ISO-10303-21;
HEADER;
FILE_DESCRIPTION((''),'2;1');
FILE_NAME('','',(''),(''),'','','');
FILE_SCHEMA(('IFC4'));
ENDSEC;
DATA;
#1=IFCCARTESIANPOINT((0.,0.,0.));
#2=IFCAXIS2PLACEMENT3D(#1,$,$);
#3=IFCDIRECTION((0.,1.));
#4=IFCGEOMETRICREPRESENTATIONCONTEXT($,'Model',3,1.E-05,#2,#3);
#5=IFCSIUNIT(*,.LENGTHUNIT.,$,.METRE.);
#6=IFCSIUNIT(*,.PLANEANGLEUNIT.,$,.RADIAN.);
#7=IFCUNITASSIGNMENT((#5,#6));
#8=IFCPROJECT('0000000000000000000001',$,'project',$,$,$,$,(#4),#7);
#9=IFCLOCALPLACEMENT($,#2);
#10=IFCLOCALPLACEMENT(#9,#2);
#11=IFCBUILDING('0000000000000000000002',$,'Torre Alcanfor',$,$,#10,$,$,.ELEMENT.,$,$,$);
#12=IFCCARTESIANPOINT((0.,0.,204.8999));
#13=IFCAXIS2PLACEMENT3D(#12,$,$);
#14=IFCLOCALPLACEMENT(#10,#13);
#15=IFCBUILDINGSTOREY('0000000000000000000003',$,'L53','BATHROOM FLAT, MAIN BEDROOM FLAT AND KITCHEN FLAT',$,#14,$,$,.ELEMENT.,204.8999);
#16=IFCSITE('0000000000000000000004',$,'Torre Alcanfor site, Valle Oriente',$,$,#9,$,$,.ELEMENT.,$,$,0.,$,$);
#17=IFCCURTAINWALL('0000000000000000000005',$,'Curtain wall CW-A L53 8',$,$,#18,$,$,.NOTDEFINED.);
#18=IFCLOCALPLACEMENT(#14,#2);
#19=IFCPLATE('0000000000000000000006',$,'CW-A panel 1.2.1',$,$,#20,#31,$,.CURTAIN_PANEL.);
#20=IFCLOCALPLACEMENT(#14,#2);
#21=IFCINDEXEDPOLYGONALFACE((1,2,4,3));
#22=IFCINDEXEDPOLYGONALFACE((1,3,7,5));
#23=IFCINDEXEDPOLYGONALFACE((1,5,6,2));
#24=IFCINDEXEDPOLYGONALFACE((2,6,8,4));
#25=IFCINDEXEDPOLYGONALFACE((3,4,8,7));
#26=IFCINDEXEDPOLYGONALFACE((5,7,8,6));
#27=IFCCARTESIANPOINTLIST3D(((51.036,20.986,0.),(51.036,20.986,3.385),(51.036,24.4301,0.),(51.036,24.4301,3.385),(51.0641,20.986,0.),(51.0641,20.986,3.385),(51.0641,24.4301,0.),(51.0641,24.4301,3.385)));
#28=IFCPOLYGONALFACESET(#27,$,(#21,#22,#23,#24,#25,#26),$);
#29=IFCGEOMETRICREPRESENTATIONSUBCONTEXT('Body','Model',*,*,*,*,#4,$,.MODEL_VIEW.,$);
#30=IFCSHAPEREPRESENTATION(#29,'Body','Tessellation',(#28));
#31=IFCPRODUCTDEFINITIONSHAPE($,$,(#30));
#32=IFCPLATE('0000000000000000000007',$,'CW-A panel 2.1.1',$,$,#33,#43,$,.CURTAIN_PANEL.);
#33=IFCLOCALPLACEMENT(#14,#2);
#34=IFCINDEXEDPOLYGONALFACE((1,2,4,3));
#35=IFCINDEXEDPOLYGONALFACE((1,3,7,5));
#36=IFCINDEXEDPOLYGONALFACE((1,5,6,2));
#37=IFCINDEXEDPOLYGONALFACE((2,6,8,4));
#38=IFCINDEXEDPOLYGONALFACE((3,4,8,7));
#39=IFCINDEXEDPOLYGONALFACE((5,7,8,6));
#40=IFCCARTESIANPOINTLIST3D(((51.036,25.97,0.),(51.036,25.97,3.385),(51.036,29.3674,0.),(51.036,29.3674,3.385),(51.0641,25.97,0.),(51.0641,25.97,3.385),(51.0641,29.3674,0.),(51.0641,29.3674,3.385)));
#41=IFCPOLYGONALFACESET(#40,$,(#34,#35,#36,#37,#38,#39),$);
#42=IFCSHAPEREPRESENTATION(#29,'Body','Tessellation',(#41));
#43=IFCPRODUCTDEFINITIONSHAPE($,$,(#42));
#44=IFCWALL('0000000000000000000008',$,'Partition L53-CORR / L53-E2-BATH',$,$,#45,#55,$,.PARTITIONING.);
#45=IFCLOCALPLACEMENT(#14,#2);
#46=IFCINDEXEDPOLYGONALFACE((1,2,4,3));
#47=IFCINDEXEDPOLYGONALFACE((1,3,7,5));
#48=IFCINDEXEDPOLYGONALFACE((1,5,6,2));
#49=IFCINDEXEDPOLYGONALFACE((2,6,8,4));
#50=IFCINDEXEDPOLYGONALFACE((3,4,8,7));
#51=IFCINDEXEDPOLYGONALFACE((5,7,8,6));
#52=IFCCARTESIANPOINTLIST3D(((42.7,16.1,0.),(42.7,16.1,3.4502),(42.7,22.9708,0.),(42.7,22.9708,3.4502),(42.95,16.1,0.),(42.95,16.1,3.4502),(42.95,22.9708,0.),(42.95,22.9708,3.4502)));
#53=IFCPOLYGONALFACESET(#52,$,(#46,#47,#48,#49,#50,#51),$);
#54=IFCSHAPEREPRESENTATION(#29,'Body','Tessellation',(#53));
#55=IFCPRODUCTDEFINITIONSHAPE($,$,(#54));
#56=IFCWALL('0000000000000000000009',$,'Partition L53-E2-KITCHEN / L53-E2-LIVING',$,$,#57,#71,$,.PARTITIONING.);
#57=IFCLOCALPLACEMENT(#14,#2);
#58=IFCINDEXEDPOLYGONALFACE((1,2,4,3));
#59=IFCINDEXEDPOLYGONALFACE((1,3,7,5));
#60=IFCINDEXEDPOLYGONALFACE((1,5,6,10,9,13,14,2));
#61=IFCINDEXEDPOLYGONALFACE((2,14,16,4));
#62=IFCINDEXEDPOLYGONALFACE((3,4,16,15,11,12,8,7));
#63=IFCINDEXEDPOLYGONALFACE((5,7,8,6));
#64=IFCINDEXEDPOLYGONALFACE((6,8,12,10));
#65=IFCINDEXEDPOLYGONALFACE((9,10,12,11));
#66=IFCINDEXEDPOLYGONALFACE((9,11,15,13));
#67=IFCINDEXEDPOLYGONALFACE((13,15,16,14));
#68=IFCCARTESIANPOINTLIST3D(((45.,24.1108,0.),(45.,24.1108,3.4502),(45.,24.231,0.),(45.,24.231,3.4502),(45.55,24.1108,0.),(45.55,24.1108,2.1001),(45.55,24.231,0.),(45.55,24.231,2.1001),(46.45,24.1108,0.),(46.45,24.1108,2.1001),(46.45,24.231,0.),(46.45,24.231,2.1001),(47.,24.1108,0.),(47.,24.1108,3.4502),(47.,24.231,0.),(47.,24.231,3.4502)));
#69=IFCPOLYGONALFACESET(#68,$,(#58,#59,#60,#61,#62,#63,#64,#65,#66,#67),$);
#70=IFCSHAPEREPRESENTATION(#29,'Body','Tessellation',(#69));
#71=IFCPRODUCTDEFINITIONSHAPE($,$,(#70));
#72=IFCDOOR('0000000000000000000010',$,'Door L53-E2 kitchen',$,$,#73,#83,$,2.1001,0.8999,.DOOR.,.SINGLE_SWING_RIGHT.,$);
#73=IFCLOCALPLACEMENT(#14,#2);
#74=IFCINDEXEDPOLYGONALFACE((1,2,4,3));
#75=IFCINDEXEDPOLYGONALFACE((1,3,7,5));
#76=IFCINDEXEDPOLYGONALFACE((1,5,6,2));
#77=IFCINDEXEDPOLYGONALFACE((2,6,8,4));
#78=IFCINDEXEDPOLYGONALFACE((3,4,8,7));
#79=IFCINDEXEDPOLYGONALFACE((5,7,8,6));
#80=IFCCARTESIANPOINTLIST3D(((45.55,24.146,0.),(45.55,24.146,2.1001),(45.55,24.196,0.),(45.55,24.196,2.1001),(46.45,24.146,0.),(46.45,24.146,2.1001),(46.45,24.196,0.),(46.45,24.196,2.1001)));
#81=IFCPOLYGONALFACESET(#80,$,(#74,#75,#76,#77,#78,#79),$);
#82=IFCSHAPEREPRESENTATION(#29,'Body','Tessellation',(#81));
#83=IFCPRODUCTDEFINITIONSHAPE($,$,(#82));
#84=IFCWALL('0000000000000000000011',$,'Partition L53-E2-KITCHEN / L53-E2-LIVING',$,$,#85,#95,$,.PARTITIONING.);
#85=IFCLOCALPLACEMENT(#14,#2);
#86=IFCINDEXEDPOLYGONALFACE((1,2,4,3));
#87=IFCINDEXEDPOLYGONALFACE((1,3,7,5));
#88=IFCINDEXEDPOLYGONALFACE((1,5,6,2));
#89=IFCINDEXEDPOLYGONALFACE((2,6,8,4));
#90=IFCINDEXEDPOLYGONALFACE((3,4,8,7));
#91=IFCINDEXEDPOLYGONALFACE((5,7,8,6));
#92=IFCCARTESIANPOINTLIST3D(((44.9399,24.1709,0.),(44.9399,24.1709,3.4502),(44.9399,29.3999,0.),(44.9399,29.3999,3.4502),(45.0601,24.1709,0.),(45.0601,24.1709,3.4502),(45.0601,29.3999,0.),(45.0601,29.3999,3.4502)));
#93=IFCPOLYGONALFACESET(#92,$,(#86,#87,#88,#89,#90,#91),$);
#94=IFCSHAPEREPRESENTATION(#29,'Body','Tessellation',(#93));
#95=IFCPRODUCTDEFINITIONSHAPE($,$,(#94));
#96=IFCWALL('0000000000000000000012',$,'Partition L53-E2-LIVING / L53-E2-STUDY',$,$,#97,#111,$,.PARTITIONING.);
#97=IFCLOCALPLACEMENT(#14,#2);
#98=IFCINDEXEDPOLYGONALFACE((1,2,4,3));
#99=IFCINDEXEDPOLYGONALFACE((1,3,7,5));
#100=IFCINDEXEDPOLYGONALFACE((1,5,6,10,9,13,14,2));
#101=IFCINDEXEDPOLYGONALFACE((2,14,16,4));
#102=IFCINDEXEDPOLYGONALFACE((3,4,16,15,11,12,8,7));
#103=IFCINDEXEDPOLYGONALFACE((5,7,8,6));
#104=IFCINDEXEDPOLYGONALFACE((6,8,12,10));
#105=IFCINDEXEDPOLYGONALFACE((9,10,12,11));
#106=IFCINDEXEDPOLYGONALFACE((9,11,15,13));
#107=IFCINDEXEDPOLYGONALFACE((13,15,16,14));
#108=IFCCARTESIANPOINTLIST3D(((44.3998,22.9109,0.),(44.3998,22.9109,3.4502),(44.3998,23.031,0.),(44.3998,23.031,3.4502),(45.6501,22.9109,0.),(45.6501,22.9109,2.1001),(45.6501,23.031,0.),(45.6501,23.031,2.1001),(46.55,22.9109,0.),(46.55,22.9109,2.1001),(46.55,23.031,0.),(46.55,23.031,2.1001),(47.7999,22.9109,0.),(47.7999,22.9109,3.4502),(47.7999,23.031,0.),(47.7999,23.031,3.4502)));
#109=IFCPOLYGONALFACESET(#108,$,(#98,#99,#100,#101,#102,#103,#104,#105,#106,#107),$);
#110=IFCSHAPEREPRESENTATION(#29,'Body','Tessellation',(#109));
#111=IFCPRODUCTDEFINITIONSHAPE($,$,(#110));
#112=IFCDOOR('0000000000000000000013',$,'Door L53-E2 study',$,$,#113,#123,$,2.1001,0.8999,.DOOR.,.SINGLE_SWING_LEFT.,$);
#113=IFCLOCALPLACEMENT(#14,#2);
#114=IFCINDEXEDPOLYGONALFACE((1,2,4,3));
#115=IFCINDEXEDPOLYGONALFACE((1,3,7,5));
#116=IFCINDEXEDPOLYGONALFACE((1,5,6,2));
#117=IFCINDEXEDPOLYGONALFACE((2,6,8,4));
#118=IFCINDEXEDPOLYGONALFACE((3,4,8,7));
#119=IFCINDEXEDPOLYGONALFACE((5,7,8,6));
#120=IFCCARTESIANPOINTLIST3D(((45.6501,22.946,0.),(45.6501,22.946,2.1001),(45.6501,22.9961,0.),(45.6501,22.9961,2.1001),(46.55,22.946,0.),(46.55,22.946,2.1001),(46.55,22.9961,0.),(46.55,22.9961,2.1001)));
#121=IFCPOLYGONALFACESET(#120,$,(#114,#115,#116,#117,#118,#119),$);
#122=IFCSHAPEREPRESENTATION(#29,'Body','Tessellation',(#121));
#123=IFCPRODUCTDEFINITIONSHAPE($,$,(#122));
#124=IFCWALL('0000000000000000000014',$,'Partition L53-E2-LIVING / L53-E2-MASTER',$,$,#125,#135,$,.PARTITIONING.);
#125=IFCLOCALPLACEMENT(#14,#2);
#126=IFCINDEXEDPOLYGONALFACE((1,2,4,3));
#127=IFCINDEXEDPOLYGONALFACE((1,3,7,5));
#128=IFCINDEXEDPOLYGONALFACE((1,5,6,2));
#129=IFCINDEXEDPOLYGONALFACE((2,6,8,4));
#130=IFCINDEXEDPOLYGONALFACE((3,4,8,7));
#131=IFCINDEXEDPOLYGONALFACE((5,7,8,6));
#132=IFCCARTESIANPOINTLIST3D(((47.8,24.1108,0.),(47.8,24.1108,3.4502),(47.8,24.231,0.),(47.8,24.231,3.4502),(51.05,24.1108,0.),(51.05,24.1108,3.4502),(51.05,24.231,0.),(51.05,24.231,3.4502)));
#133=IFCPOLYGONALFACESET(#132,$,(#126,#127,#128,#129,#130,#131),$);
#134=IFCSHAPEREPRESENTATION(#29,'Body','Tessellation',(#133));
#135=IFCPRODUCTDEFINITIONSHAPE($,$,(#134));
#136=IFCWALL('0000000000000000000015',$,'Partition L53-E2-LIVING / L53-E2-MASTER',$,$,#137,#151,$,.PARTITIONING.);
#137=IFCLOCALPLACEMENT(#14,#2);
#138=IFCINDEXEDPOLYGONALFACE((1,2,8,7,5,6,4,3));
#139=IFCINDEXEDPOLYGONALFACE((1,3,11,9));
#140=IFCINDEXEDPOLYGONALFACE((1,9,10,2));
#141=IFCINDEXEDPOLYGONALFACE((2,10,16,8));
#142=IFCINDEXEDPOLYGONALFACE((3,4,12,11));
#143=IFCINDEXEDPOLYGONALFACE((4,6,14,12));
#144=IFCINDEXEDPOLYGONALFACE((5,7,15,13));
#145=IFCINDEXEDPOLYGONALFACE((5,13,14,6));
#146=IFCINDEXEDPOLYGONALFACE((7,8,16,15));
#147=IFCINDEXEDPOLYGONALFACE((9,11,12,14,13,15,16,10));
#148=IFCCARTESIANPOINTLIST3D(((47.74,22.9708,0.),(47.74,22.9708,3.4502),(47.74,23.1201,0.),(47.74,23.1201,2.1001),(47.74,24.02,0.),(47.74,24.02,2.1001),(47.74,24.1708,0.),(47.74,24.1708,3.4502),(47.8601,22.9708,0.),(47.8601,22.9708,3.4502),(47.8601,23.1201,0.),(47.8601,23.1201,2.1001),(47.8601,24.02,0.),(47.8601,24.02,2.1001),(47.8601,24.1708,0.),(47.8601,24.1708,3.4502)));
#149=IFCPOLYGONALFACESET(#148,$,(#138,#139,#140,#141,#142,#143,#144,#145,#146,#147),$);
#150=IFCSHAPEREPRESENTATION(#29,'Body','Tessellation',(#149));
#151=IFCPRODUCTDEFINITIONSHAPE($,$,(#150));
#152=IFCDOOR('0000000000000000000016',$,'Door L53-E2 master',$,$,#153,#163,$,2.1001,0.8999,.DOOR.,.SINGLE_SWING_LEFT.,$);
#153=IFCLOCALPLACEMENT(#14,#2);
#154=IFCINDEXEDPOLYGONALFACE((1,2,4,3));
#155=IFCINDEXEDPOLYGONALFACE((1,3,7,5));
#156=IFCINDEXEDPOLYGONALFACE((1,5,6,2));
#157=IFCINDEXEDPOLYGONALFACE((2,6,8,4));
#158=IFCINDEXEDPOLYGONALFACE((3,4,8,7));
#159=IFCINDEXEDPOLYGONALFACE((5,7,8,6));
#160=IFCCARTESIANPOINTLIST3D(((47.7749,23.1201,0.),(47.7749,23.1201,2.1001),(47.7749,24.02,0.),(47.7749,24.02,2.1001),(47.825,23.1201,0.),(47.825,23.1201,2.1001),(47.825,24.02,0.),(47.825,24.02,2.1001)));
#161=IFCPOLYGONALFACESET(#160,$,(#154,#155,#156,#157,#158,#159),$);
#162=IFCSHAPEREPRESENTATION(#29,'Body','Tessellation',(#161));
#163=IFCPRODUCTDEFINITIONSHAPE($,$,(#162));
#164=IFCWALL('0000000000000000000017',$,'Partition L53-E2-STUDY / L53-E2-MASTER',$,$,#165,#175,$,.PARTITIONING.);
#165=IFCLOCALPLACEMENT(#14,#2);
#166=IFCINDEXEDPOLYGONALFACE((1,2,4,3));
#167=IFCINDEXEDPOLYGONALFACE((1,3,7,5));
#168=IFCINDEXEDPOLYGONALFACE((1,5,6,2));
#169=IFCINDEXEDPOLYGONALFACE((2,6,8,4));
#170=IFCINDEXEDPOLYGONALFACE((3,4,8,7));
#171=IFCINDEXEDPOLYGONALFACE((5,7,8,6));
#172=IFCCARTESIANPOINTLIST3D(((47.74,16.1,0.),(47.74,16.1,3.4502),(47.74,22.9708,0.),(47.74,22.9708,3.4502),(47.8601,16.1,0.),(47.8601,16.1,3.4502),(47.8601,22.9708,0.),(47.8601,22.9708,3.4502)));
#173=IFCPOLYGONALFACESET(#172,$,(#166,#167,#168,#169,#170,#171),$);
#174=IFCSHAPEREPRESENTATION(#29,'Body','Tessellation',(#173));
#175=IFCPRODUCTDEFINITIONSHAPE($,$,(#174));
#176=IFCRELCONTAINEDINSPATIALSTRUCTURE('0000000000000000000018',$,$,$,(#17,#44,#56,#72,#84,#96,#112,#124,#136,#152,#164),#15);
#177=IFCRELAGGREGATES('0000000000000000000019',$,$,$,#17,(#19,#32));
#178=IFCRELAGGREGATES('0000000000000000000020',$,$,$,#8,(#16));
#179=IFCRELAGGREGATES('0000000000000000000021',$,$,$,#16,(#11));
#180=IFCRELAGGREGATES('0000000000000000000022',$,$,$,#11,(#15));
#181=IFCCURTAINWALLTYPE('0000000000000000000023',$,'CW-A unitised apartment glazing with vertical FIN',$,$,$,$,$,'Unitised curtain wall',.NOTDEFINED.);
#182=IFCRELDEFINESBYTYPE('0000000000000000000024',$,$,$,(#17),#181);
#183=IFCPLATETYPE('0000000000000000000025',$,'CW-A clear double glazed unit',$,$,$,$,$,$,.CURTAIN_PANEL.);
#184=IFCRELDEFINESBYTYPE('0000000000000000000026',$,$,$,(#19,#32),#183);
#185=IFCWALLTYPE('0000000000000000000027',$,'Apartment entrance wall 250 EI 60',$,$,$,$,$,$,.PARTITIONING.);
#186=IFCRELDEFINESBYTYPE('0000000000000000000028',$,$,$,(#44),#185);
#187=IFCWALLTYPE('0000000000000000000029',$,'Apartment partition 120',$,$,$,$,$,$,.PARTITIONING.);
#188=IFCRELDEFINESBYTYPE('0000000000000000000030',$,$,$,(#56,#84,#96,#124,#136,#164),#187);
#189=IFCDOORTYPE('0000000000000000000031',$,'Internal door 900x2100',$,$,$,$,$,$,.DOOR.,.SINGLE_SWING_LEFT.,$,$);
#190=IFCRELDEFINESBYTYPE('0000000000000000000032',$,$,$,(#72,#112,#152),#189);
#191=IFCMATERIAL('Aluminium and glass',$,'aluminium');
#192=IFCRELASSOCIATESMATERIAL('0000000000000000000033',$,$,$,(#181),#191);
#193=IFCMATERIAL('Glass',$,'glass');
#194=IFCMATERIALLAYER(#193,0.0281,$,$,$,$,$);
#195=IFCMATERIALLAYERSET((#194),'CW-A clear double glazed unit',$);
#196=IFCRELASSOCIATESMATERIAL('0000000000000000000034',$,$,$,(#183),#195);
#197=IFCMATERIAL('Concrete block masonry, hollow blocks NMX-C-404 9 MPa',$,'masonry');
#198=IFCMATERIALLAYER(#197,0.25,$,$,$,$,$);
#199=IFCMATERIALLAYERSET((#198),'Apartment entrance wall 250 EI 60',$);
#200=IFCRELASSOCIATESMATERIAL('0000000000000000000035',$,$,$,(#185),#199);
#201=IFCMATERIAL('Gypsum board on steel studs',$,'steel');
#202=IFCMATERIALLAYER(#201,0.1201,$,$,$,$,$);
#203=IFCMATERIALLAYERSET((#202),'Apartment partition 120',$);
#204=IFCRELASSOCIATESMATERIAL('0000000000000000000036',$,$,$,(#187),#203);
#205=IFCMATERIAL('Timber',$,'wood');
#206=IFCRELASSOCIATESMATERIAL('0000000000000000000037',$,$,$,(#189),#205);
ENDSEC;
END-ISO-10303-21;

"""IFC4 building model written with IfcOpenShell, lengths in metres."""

from ifc_helpers import new_model, si_unit, direction, frame, frame_2d, origin, origin_2d, place, context, subcontext, project, spatial, rectangle, extrude, material, layer, layer_set, type_object, element, fill, aggregate, save


model = new_model("IFC4")

# Units and contexts
model_context = context("Model", 3, precision=1e-05, world=origin(), true_north=direction((0.0, 1.0)))
body_context = subcontext(model_context, "Body", "Model", "MODEL_VIEW")
ifc_project = project(units=[si_unit("LENGTHUNIT", "METRE"), si_unit("PLANEANGLEUNIT", "RADIAN")], contexts=[model_context])

# Site, building, storey
site_placement = place(None, origin())
site = spatial("IfcSite", under=ifc_project, at=site_placement, Name="Torre Alcanfor site, Valle Oriente", CompositionType="ELEMENT", RefElevation=0.0)
building_placement = place(site_placement, origin())
building = spatial("IfcBuilding", under=site, at=building_placement, Name="Torre Alcanfor", CompositionType="ELEMENT")
storey_placement = place(building_placement, frame((0.0, 0.0, 204.8999)))
storey = spatial("IfcBuildingStorey", under=building, at=storey_placement, Name="L53", Description="BATHROOM FLAT, MAIN BEDROOM FLAT AND KITCHEN FLAT", CompositionType="ELEMENT", Elevation=204.8999)

# Curtain wall
ifc_material_1 = material(Name="Aluminium and glass", Category="aluminium")
curtain_wall_type = type_object("IfcCurtainWallType", Name="CW-A unitised apartment glazing with vertical FIN", ElementType="Unitised curtain wall", PredefinedType="NOTDEFINED", material=ifc_material_1)
curtain_wall_placement = place(storey_placement, origin())
curtain_wall = element("IfcCurtainWall", 1, at=curtain_wall_placement, inside=storey, type_object=curtain_wall_type, Name="Curtain wall CW-A L53 8", PredefinedType="NOTDEFINED")

# Plates
ifc_material_2 = material(Name="Glass", Category="glass")
ifc_layer_1 = layer(ifc_material_2, 0.0281)
ifc_layer_set_1 = layer_set([ifc_layer_1], Name="CW-A clear double glazed unit")
plate_type = type_object("IfcPlateType", Name="CW-A clear double glazed unit", PredefinedType="CURTAIN_PANEL", material=ifc_layer_set_1)
plate_1_placement = place(storey_placement, frame((51.05, 22.708, 0.0), z_axis=(0.0, 0.0, 1.0), x_axis=(0.0, 1.0, 0.0)))
plate_1 = element("IfcPlate", 2, at=plate_1_placement, type_object=plate_type, Name="CW-A panel 1.2.1", PredefinedType="CURTAIN_PANEL", context=body_context, shape_type="SweptSolid", body=[
    extrude(rectangle(XDim=3.4441, YDim=0.0281, at=origin_2d()), origin(), (0.0, 0.0, 1.0), 3.385),
])
plate_2_placement = place(storey_placement, frame((51.05, 27.6687, 0.0), z_axis=(0.0, 0.0, 1.0), x_axis=(0.0, 1.0, 0.0)))
plate_2 = element("IfcPlate", 3, at=plate_2_placement, type_object=plate_type, Name="CW-A panel 2.1.1", PredefinedType="CURTAIN_PANEL", context=body_context, shape_type="SweptSolid", body=[
    extrude(rectangle(XDim=3.3975, YDim=0.0281, at=origin_2d()), origin(), (0.0, 0.0, 1.0), 3.385),
])
aggregate(curtain_wall, [plate_1, plate_2])

# Wall
ifc_material_3 = material(Name="Concrete block masonry, hollow blocks NMX-C-404 9 MPa", Category="masonry")
ifc_layer_2 = layer(ifc_material_3, 0.25)
ifc_layer_set_2 = layer_set([ifc_layer_2], Name="Apartment entrance wall 250 EI 60")
wall_type_1 = type_object("IfcWallType", Name="Apartment entrance wall 250 EI 60", PredefinedType="PARTITIONING", material=ifc_layer_set_2)
wall_1_placement = place(storey_placement, frame((42.825, 22.9709, 0.0), z_axis=(0.0, 0.0, 1.0), x_axis=(0.0, -1.0, 0.0)))
element("IfcWall", 4, at=wall_1_placement, inside=storey, type_object=wall_type_1, Name="Partition L53-CORR / L53-E2-BATH", PredefinedType="PARTITIONING", context=body_context, shape_type="SweptSolid", body=[
    extrude(rectangle(XDim=6.8708, YDim=0.25, at=frame_2d((3.4355, 0.0))), origin(), (0.0, 0.0, 1.0), 3.4502),
])

# Wall, opening, door
ifc_material_4 = material(Name="Gypsum board on steel studs", Category="steel")
ifc_layer_3 = layer(ifc_material_4, 0.1201)
ifc_layer_set_3 = layer_set([ifc_layer_3], Name="Apartment partition 120")
wall_type_2 = type_object("IfcWallType", Name="Apartment partition 120", PredefinedType="PARTITIONING", material=ifc_layer_set_3)
wall_2_placement = place(storey_placement, frame((47.0, 24.1709, 0.0), z_axis=(0.0, 0.0, 1.0), x_axis=(-1.0, 0.0, 0.0)))
wall_2 = element("IfcWall", 5, at=wall_2_placement, inside=storey, type_object=wall_type_2, Name="Partition L53-E2-KITCHEN / L53-E2-LIVING", PredefinedType="PARTITIONING", context=body_context, shape_type="SweptSolid", body=[
    extrude(rectangle(XDim=2.0, YDim=0.1201, at=frame_2d((1.0, 0.0))), origin(), (0.0, 0.0, 1.0), 3.4502),
])
opening_1_placement = place(wall_2_placement, frame((0.55, 0.0, 0.0)))
opening_1 = element("IfcOpeningElement", 6, at=opening_1_placement, cuts=wall_2, PredefinedType="OPENING", context=body_context, shape_type="SweptSolid", body=[
    extrude(rectangle(XDim=0.8999, YDim=2.1001, at=frame_2d((0.45, 1.05))), frame((0.0, 0.0701, 0.0), z_axis=(0.0, -1.0, 0.0), x_axis=(1.0, 0.0, 0.0)), (0.0, 0.0, 1.0), 0.1401),
])
ifc_material_5 = material(Name="Timber", Category="wood")
door_type_1 = type_object("IfcDoorType", Name="Internal door 900x2100", OperationType="SINGLE_SWING_LEFT", PredefinedType="DOOR", material=ifc_material_5)
door_1_placement = place(opening_1_placement, frame((0.8999, 0.0, 0.0), z_axis=(0.0, 0.0, 1.0), x_axis=(-1.0, 0.0, 0.0)))
door_1 = element("IfcDoor", 7, at=door_1_placement, inside=storey, type_object=door_type_1, Name="Door L53-E2 kitchen", OperationType="SINGLE_SWING_RIGHT", OverallHeight=2.1001, OverallWidth=0.8999, PredefinedType="DOOR", context=body_context, shape_type="SweptSolid", body=[
    extrude(rectangle(XDim=0.8999, YDim=2.1001, at=frame_2d((0.45, 1.05))), frame((0.0, 0.0251, 0.0), z_axis=(0.0, -1.0, 0.0), x_axis=(1.0, 0.0, 0.0)), (0.0, 0.0, 1.0), 0.05),
])
fill(opening_1, door_1)

# Wall
wall_3_placement = place(storey_placement, frame((45.0, 24.1709, 0.0), z_axis=(0.0, 0.0, 1.0), x_axis=(0.0, 1.0, 0.0)))
element("IfcWall", 8, at=wall_3_placement, inside=storey, type_object=wall_type_2, Name="Partition L53-E2-KITCHEN / L53-E2-LIVING", PredefinedType="PARTITIONING", context=body_context, shape_type="SweptSolid", body=[
    extrude(rectangle(XDim=5.229, YDim=0.1201, at=frame_2d((2.6145, 0.0))), origin(), (0.0, 0.0, 1.0), 3.4502),
])

# Wall, opening, door
wall_4_placement = place(storey_placement, frame((47.8, 22.9709, 0.0), z_axis=(0.0, 0.0, 1.0), x_axis=(-1.0, 0.0, 0.0)))
wall_4 = element("IfcWall", 9, at=wall_4_placement, inside=storey, type_object=wall_type_2, Name="Partition L53-E2-LIVING / L53-E2-STUDY", PredefinedType="PARTITIONING", context=body_context, shape_type="SweptSolid", body=[
    extrude(rectangle(XDim=3.4001, YDim=0.1201, at=frame_2d((1.7002, 0.0))), origin(), (0.0, 0.0, 1.0), 3.4502),
])
opening_2_placement = place(wall_4_placement, frame((1.25, 0.0, 0.0)))
opening_2 = element("IfcOpeningElement", 10, at=opening_2_placement, cuts=wall_4, PredefinedType="OPENING", context=body_context, shape_type="SweptSolid", body=[
    extrude(rectangle(XDim=0.8999, YDim=2.1001, at=frame_2d((0.45, 1.05))), frame((0.0, 0.0701, 0.0), z_axis=(0.0, -1.0, 0.0), x_axis=(1.0, 0.0, 0.0)), (0.0, 0.0, 1.0), 0.1401),
])
door_2_placement = place(opening_2_placement, origin())
door_2 = element("IfcDoor", 11, at=door_2_placement, inside=storey, type_object=door_type_1, Name="Door L53-E2 study", OperationType="SINGLE_SWING_LEFT", OverallHeight=2.1001, OverallWidth=0.8999, PredefinedType="DOOR", context=body_context, shape_type="SweptSolid", body=[
    extrude(rectangle(XDim=0.8999, YDim=2.1001, at=frame_2d((0.45, 1.05))), frame((0.0, 0.0249, 0.0), z_axis=(0.0, -1.0, 0.0), x_axis=(1.0, 0.0, 0.0)), (0.0, 0.0, 1.0), 0.05),
])
fill(opening_2, door_2)

# Wall
wall_5_placement = place(storey_placement, frame((51.05, 24.1709, 0.0), z_axis=(0.0, 0.0, 1.0), x_axis=(-1.0, 0.0, 0.0)))
element("IfcWall", 12, at=wall_5_placement, inside=storey, type_object=wall_type_2, Name="Partition L53-E2-LIVING / L53-E2-MASTER", PredefinedType="PARTITIONING", context=body_context, shape_type="SweptSolid", body=[
    extrude(rectangle(XDim=3.25, YDim=0.1201, at=frame_2d((1.625, 0.0))), origin(), (0.0, 0.0, 1.0), 3.4502),
])

# Wall, opening, door
wall_6_placement = place(storey_placement, frame((47.8, 24.1709, 0.0), z_axis=(0.0, 0.0, 1.0), x_axis=(0.0, -1.0, 0.0)))
wall_6 = element("IfcWall", 13, at=wall_6_placement, inside=storey, type_object=wall_type_2, Name="Partition L53-E2-LIVING / L53-E2-MASTER", PredefinedType="PARTITIONING", context=body_context, shape_type="SweptSolid", body=[
    extrude(rectangle(XDim=1.2, YDim=0.1201, at=frame_2d((0.6001, 0.0))), origin(), (0.0, 0.0, 1.0), 3.4502),
])
opening_3_placement = place(wall_6_placement, frame((0.1509, 0.0, 0.0)))
opening_3 = element("IfcOpeningElement", 14, at=opening_3_placement, cuts=wall_6, PredefinedType="OPENING", context=body_context, shape_type="SweptSolid", body=[
    extrude(rectangle(XDim=0.8999, YDim=2.1001, at=frame_2d((0.45, 1.05))), frame((0.0, 0.0701, 0.0), z_axis=(0.0, -1.0, 0.0), x_axis=(1.0, 0.0, 0.0)), (0.0, 0.0, 1.0), 0.1401),
])
door_3_placement = place(opening_3_placement, origin())
door_3 = element("IfcDoor", 15, at=door_3_placement, inside=storey, type_object=door_type_1, Name="Door L53-E2 master", OperationType="SINGLE_SWING_LEFT", OverallHeight=2.1001, OverallWidth=0.8999, PredefinedType="DOOR", context=body_context, shape_type="SweptSolid", body=[
    extrude(rectangle(XDim=0.8999, YDim=2.1001, at=frame_2d((0.45, 1.05))), frame((0.0, 0.0249, 0.0), z_axis=(0.0, -1.0, 0.0), x_axis=(1.0, 0.0, 0.0)), (0.0, 0.0, 1.0), 0.05),
])
fill(opening_3, door_3)

# Wall
wall_7_placement = place(storey_placement, frame((47.8, 22.9709, 0.0), z_axis=(0.0, 0.0, 1.0), x_axis=(0.0, -1.0, 0.0)))
element("IfcWall", 16, at=wall_7_placement, inside=storey, type_object=wall_type_2, Name="Partition L53-E2-STUDY / L53-E2-MASTER", PredefinedType="PARTITIONING", context=body_context, shape_type="SweptSolid", body=[
    extrude(rectangle(XDim=6.8708, YDim=0.1201, at=frame_2d((3.4355, 0.0))), origin(), (0.0, 0.0, 1.0), 3.4502),
])

save(model, "model.ifc")
